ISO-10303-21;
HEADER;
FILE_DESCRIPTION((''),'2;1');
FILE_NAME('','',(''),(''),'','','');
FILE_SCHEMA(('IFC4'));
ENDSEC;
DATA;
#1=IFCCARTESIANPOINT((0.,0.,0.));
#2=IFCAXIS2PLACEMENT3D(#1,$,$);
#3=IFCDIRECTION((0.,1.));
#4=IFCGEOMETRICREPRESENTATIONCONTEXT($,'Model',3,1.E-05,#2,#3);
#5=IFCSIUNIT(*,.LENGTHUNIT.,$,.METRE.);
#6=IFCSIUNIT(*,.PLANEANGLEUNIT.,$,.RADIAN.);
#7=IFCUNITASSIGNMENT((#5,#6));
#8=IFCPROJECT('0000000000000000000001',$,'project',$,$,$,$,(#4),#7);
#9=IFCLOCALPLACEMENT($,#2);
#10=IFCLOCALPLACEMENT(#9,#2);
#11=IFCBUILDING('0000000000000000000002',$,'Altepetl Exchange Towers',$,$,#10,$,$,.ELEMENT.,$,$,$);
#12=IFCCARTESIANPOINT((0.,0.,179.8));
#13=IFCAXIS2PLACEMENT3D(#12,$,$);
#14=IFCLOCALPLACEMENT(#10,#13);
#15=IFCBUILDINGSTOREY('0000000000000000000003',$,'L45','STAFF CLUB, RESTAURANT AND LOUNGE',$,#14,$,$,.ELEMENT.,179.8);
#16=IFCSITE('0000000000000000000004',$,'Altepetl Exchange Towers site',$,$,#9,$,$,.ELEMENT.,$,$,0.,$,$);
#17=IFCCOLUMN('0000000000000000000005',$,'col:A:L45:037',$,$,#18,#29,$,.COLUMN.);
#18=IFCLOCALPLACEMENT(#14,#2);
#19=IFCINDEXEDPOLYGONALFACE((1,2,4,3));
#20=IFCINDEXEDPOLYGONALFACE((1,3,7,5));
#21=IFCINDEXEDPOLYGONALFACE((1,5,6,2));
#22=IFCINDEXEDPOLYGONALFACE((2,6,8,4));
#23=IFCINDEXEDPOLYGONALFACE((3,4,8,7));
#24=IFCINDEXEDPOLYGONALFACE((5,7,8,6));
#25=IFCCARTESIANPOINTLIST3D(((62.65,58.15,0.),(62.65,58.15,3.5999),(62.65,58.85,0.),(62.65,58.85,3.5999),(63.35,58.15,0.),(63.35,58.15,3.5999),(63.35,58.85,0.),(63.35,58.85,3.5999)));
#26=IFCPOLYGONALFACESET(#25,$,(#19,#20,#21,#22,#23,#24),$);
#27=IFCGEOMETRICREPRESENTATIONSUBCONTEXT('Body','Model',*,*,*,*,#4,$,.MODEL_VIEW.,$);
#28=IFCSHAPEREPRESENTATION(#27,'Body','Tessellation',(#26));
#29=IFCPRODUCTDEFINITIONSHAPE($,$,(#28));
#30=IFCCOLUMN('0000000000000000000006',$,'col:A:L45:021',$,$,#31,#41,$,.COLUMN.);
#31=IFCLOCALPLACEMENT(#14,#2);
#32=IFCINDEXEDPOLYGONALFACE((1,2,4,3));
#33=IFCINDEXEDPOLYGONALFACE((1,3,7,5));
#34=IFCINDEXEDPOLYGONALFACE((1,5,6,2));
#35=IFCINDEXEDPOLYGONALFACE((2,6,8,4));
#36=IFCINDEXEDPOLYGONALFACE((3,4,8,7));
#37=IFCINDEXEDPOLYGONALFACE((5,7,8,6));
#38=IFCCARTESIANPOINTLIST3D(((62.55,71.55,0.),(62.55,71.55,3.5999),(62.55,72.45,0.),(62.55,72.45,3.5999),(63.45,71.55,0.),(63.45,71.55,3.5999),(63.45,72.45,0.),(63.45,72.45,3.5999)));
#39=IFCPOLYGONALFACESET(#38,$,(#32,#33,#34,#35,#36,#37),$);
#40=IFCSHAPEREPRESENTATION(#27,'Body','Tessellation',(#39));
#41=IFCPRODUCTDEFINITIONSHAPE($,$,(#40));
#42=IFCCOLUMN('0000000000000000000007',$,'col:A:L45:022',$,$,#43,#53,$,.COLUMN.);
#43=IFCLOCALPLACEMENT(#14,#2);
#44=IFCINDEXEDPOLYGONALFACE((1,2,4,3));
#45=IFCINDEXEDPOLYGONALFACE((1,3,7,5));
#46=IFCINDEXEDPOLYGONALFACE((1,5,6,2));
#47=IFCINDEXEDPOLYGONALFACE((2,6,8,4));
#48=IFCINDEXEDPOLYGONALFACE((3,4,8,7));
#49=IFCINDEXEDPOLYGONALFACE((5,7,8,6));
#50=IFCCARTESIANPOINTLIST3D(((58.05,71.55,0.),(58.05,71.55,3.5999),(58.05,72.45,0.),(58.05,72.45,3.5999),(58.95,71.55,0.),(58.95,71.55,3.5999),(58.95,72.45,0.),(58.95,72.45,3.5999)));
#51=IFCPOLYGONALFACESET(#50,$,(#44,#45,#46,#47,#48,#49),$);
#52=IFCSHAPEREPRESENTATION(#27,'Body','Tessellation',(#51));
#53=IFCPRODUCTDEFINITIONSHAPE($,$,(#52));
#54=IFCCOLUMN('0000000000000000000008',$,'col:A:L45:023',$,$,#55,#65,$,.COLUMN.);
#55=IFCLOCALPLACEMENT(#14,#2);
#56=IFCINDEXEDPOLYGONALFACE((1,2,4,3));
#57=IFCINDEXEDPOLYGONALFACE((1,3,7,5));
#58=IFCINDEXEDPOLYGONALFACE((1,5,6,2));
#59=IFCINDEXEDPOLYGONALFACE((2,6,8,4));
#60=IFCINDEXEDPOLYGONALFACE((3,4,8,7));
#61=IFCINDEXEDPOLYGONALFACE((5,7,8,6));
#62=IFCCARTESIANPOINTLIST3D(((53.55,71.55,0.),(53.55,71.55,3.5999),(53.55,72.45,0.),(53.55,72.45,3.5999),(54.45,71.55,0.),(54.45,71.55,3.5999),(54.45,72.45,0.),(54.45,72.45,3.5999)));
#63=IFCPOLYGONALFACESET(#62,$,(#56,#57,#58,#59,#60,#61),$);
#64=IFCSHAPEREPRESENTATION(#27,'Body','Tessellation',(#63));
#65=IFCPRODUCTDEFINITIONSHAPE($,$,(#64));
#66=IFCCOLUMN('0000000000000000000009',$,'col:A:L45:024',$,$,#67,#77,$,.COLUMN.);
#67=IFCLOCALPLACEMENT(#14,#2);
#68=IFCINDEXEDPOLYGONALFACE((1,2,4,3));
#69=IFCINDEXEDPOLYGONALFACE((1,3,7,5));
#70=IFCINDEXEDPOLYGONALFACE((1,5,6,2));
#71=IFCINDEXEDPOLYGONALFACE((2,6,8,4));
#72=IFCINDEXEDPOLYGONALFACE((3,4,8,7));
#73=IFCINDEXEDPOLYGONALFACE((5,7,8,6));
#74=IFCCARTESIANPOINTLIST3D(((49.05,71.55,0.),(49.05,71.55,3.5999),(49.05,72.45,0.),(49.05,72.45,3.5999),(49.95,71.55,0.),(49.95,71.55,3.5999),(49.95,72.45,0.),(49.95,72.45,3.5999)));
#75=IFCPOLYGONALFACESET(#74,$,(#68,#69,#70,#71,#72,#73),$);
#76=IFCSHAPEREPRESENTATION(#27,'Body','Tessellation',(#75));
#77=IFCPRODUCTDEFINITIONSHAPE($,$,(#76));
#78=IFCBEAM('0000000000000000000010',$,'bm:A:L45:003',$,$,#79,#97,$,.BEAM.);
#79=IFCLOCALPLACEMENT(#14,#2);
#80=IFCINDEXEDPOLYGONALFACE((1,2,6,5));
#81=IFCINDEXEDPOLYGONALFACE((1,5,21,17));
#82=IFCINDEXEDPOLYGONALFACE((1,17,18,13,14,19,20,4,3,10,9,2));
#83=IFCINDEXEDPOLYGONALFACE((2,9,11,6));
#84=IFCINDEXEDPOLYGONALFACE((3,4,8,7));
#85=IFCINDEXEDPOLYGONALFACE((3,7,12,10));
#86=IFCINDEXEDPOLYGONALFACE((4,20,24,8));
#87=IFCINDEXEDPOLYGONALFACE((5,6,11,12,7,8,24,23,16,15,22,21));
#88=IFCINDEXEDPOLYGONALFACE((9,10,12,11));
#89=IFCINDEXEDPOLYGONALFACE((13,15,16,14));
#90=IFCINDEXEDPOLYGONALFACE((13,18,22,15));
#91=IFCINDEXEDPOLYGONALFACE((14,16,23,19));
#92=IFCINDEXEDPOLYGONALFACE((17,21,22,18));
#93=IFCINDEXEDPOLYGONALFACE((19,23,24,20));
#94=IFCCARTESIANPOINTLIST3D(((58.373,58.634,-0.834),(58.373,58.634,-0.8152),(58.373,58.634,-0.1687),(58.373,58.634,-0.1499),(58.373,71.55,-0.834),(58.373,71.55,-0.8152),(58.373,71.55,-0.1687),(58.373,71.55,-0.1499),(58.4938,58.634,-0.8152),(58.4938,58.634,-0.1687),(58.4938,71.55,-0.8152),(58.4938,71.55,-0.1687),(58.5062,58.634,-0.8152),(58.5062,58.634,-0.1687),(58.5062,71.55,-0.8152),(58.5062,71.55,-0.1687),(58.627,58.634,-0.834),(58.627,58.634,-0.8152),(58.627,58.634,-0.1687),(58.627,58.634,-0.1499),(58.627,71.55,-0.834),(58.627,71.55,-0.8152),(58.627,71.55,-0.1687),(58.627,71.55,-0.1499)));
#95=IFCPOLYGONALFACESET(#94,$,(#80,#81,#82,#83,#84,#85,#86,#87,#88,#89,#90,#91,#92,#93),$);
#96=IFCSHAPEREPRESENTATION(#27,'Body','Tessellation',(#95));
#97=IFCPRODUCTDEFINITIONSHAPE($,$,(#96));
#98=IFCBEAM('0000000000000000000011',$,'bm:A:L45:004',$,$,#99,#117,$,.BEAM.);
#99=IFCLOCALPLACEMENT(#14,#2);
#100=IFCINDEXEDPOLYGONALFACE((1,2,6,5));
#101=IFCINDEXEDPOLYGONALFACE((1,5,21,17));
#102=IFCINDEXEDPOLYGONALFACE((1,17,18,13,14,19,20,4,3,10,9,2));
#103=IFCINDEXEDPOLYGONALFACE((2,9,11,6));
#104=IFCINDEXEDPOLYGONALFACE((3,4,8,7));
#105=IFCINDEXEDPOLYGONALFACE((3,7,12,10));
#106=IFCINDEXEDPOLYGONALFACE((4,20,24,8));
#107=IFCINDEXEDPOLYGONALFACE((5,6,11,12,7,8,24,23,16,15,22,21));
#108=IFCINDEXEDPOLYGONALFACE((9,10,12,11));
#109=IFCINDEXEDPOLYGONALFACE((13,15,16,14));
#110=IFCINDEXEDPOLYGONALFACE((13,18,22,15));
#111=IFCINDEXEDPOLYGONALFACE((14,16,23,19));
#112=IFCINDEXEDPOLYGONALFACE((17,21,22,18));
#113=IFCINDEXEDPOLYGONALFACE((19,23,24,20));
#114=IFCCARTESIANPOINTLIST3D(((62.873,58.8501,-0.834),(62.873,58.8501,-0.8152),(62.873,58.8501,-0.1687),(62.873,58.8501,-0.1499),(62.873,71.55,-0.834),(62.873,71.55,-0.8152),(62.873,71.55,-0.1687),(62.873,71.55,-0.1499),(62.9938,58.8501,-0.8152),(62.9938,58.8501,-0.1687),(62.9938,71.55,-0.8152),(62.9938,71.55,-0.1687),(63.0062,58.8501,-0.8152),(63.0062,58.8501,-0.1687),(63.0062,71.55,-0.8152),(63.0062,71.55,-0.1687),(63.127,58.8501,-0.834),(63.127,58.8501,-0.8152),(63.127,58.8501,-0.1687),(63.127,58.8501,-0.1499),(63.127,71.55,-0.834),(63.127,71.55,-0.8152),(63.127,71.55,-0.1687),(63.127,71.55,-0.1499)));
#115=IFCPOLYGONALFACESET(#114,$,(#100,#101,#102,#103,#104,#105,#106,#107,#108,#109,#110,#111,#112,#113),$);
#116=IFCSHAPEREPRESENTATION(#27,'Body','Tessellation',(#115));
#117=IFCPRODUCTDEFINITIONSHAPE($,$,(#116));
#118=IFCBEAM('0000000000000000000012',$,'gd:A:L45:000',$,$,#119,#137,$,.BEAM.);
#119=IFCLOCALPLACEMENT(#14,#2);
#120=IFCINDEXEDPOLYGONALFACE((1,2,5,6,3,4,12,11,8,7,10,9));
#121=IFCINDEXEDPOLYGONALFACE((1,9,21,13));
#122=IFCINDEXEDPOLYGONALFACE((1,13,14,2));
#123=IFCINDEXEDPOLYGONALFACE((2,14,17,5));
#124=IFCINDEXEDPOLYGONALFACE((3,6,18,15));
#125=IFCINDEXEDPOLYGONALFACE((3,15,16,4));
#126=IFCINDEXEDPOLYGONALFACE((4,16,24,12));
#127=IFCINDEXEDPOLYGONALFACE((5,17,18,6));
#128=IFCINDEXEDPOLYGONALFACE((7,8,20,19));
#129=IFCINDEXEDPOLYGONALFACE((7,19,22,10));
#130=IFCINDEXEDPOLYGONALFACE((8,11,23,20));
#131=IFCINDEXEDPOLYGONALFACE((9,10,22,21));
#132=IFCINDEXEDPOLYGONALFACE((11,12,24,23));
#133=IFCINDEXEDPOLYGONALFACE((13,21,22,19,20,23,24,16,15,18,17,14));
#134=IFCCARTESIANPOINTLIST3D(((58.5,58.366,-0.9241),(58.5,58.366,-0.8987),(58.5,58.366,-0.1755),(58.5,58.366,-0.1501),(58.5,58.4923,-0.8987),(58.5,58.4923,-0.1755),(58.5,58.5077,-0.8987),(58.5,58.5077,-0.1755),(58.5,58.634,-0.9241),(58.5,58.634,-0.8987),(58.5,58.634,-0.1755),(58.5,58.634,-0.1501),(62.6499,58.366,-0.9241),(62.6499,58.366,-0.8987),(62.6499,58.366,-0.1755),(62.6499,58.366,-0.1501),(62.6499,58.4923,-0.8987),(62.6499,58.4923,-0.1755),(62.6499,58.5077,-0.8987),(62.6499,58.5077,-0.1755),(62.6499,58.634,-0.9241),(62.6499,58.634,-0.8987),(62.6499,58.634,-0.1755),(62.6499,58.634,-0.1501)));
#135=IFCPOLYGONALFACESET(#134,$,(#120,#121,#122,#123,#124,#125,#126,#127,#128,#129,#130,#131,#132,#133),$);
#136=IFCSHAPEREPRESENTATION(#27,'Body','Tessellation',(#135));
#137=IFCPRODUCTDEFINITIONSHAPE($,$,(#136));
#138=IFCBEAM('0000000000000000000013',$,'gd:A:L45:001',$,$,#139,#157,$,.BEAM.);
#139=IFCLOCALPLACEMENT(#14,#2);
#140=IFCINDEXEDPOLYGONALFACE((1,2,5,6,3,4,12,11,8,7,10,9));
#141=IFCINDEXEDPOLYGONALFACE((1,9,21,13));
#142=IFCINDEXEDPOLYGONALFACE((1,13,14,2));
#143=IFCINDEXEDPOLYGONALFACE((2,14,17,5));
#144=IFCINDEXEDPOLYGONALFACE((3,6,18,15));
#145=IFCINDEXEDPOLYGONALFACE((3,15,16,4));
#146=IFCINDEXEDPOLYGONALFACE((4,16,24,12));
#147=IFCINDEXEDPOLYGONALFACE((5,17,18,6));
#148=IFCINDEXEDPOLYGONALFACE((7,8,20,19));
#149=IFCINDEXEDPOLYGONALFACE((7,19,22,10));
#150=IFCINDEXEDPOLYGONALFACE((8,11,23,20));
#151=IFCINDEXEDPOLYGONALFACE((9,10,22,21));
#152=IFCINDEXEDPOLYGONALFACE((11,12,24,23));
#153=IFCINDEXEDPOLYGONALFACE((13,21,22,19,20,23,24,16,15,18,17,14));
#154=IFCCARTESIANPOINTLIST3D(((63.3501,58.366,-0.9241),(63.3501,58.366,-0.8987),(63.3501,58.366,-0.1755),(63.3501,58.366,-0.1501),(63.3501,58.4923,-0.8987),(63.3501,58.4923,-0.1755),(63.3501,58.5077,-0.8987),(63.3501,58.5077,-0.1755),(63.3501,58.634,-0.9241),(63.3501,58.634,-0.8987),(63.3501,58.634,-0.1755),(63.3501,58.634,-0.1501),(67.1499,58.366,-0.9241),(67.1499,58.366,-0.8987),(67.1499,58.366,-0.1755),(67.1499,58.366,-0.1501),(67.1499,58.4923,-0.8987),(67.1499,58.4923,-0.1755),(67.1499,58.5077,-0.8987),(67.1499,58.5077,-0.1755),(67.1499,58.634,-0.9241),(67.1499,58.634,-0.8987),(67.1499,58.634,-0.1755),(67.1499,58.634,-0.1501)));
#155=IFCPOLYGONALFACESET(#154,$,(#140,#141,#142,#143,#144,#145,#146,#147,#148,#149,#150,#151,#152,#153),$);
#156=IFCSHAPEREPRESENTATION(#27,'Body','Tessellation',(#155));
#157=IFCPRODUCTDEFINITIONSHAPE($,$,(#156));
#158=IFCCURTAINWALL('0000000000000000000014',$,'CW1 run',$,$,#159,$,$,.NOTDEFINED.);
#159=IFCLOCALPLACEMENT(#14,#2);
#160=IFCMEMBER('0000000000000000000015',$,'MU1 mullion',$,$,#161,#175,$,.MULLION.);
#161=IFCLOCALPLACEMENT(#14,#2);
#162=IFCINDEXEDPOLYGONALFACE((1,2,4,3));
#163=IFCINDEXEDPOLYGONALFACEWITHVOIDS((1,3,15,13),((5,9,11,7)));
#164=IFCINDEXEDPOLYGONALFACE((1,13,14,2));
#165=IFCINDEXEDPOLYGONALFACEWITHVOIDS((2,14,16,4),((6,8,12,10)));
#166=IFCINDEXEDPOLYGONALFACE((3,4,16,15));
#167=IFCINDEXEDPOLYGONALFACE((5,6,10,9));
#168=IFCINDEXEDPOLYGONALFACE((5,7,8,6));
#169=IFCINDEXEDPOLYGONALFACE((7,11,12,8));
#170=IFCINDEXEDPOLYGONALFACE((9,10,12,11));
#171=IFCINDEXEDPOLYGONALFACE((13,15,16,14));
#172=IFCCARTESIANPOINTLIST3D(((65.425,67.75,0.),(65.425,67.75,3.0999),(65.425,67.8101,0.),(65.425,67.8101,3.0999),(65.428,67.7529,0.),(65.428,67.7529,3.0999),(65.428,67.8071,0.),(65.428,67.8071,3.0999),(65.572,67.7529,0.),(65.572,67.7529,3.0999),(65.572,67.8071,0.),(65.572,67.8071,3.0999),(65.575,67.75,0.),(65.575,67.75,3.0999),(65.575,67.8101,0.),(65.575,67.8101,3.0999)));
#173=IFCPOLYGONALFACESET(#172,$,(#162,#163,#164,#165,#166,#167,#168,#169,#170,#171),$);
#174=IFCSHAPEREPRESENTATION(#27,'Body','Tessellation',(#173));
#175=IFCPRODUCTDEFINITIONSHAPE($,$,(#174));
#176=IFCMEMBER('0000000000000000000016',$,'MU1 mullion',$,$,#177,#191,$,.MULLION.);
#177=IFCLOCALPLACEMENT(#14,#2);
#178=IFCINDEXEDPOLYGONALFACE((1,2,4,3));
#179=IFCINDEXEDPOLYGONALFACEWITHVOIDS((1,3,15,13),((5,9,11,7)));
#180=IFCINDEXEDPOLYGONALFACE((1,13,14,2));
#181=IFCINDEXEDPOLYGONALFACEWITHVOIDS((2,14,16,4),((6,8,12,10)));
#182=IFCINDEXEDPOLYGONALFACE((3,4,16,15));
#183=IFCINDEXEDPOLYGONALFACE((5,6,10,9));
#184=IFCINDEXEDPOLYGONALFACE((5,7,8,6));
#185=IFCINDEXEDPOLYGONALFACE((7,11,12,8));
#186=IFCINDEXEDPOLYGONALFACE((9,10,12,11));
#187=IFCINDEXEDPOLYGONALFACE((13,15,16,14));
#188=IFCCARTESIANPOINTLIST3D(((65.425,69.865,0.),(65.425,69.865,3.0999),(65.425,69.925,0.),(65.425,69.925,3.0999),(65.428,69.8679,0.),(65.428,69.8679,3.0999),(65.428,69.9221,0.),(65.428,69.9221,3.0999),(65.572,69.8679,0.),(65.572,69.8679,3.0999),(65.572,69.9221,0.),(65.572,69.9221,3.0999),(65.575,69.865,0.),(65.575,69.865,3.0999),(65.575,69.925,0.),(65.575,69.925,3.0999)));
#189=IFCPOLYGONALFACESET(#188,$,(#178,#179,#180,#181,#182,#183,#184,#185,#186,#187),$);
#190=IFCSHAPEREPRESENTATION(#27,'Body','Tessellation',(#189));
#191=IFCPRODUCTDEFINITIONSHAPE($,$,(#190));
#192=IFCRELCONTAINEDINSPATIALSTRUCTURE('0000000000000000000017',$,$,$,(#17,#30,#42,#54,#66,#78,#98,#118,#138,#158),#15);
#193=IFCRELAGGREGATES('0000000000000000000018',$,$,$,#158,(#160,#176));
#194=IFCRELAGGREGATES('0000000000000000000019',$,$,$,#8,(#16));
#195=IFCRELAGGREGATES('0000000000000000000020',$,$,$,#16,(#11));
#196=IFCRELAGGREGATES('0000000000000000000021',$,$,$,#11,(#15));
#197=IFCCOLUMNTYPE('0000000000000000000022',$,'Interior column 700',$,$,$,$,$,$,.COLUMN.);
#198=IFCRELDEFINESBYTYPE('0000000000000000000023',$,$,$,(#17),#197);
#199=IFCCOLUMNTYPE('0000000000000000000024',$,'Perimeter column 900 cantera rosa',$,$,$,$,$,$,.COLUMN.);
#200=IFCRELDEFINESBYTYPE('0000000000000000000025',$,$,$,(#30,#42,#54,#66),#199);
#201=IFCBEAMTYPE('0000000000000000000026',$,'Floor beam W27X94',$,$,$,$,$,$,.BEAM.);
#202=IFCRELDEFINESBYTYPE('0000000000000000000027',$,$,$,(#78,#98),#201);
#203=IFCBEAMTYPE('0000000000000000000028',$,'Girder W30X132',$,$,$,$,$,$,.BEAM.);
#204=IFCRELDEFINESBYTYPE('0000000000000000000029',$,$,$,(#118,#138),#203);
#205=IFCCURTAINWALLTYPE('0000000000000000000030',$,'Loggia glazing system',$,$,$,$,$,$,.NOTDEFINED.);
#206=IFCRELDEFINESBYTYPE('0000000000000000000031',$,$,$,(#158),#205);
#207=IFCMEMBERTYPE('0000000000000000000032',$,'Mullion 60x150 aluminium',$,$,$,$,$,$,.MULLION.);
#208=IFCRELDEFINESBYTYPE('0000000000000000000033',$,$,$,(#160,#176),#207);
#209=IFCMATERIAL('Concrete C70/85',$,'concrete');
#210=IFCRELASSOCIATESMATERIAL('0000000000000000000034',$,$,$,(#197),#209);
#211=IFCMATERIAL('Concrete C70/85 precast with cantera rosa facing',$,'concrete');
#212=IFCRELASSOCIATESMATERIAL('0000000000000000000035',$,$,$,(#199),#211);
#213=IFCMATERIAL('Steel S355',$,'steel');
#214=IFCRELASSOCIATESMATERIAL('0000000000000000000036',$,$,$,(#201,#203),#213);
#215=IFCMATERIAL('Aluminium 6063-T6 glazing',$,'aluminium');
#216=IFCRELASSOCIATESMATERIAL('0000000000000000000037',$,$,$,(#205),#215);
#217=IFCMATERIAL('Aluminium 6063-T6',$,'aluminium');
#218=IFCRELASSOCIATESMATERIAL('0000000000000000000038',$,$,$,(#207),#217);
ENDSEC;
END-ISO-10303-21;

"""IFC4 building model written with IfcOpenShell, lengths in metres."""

from ifc_helpers import new_model, si_unit, direction, frame, origin, origin_2d, place, context, subcontext, project, spatial, rectangle, hollow_rectangle, i_section, extrude, material, material_profile, profile_set, type_object, element, aggregate, save


model = new_model("IFC4")

# Units and contexts
model_context = context("Model", 3, precision=1e-05, world=origin(), true_north=direction((0.0, 1.0)))
body_context = subcontext(model_context, "Body", "Model", "MODEL_VIEW")
ifc_project = project(units=[si_unit("LENGTHUNIT", "METRE"), si_unit("PLANEANGLEUNIT", "RADIAN")], contexts=[model_context])

# Site, building, storey
site_placement = place(None, origin())
site = spatial("IfcSite", under=ifc_project, at=site_placement, Name="Altepetl Exchange Towers site", CompositionType="ELEMENT", RefElevation=0.0)
building_placement = place(site_placement, origin())
building = spatial("IfcBuilding", under=site, at=building_placement, Name="Altepetl Exchange Towers", CompositionType="ELEMENT")
storey_placement = place(building_placement, frame((0.0, 0.0, 179.8)))
storey = spatial("IfcBuildingStorey", under=building, at=storey_placement, Name="L45", Description="STAFF CLUB, RESTAURANT AND LOUNGE", CompositionType="ELEMENT", Elevation=179.8)

# Columns
ifc_material_1 = material(Name="Concrete C70/85", Category="concrete")
ifc_material_profile_1 = material_profile(ifc_material_1, rectangle(XDim=0.7, YDim=0.7, at=origin_2d()), Name="700 x 700")
ifc_profile_set_1 = profile_set([ifc_material_profile_1], Name="Concrete C70/85")
column_type_1 = type_object("IfcColumnType", Name="Interior column 700", PredefinedType="COLUMN", material=ifc_profile_set_1)
column_placement = place(storey_placement, frame((63.0, 58.5, 0.0)))
element("IfcColumn", 1, at=column_placement, inside=storey, type_object=column_type_1, Name="col:A:L45:037", PredefinedType="COLUMN", context=body_context, shape_type="SweptSolid", body=[
    extrude(rectangle(XDim=0.7, YDim=0.7, at=origin_2d()), origin(), (0.0, 0.0, 1.0), 3.5999),
])
ifc_material_2 = material(Name="Concrete C70/85 precast with cantera rosa facing", Category="concrete")
ifc_material_profile_2 = material_profile(ifc_material_2, rectangle(XDim=0.8999, YDim=0.8999, at=origin_2d()), Name="900 x 900")
ifc_profile_set_2 = profile_set([ifc_material_profile_2], Name="Concrete C70/85 precast with cantera rosa facing")
column_type_2 = type_object("IfcColumnType", Name="Perimeter column 900 cantera rosa", PredefinedType="COLUMN", material=ifc_profile_set_2)
for number, where, name in (
    (2, (63.0, 72.0, 0.0), "col:A:L45:021"),
    (3, (58.5, 72.0, 0.0), "col:A:L45:022"),
    (4, (54.0, 72.0, 0.0), "col:A:L45:023"),
    (5, (49.5, 72.0, 0.0), "col:A:L45:024"),
):
    element("IfcColumn", number, at=place(storey_placement, frame(where)), inside=storey, type_object=column_type_2, Name=name, PredefinedType="COLUMN", context=body_context, shape_type="SweptSolid", body=[
        extrude(rectangle(XDim=0.8999, YDim=0.8999, at=origin_2d()), origin(), (0.0, 0.0, 1.0), 3.5999),
    ])

# Beams
ifc_material_3 = material(Name="Steel S355", Category="steel")
ifc_material_profile_3 = material_profile(ifc_material_3, i_section(OverallWidth=0.2539, OverallDepth=0.6841, WebThickness=0.0125, FlangeThickness=0.0188, at=origin_2d()), Name="W27X94")
ifc_profile_set_3 = profile_set([ifc_material_profile_3], Name="Steel S355")
beam_type_1 = type_object("IfcBeamType", Name="Floor beam W27X94", PredefinedType="BEAM", material=ifc_profile_set_3)
beam_1_placement = place(storey_placement, frame((58.5, 58.634, -0.4919), z_axis=(0.0, 1.0, 0.0), x_axis=(-1.0, 0.0, 0.0)))
element("IfcBeam", 6, at=beam_1_placement, inside=storey, type_object=beam_type_1, Name="bm:A:L45:003", PredefinedType="BEAM", context=body_context, shape_type="SweptSolid", body=[
    extrude(i_section(OverallWidth=0.2539, OverallDepth=0.6841, WebThickness=0.0125, FlangeThickness=0.0188, at=origin_2d()), origin(), (0.0, 0.0, 1.0), 12.916),
])
beam_2_placement = place(storey_placement, frame((63.0, 58.8501, -0.4919), z_axis=(0.0, 1.0, 0.0), x_axis=(-1.0, 0.0, 0.0)))
element("IfcBeam", 7, at=beam_2_placement, inside=storey, type_object=beam_type_1, Name="bm:A:L45:004", PredefinedType="BEAM", context=body_context, shape_type="SweptSolid", body=[
    extrude(i_section(OverallWidth=0.2539, OverallDepth=0.6841, WebThickness=0.0125, FlangeThickness=0.0188, at=origin_2d()), origin(), (0.0, 0.0, 1.0), 12.7),
])
ifc_material_profile_4 = material_profile(ifc_material_3, i_section(OverallWidth=0.2681, OverallDepth=0.7739, WebThickness=0.0154, FlangeThickness=0.0254, at=origin_2d()), Name="W30X132")
ifc_profile_set_4 = profile_set([ifc_material_profile_4], Name="Steel S355")
beam_type_2 = type_object("IfcBeamType", Name="Girder W30X132", PredefinedType="BEAM", material=ifc_profile_set_4)
beam_3_placement = place(storey_placement, frame((58.5, 58.5, -0.5371), z_axis=(1.0, 0.0, 0.0), x_axis=(0.0, 1.0, 0.0)))
element("IfcBeam", 8, at=beam_3_placement, inside=storey, type_object=beam_type_2, Name="gd:A:L45:000", PredefinedType="BEAM", context=body_context, shape_type="SweptSolid", body=[
    extrude(i_section(OverallWidth=0.2681, OverallDepth=0.7739, WebThickness=0.0154, FlangeThickness=0.0254, at=origin_2d()), origin(), (0.0, 0.0, 1.0), 4.1499),
])
beam_4_placement = place(storey_placement, frame((63.3501, 58.5, -0.5371), z_axis=(1.0, 0.0, 0.0), x_axis=(0.0, 1.0, 0.0)))
element("IfcBeam", 9, at=beam_4_placement, inside=storey, type_object=beam_type_2, Name="gd:A:L45:001", PredefinedType="BEAM", context=body_context, shape_type="SweptSolid", body=[
    extrude(i_section(OverallWidth=0.2681, OverallDepth=0.7739, WebThickness=0.0154, FlangeThickness=0.0254, at=origin_2d()), origin(), (0.0, 0.0, 1.0), 3.7998),
])

# Curtain wall, members
ifc_material_4 = material(Name="Aluminium 6063-T6 glazing", Category="aluminium")
curtain_wall_type = type_object("IfcCurtainWallType", Name="Loggia glazing system", PredefinedType="NOTDEFINED", material=ifc_material_4)
curtain_wall_1_placement = place(storey_placement, origin())
curtain_wall_1 = element("IfcCurtainWall", 10, at=curtain_wall_1_placement, inside=storey, type_object=curtain_wall_type, Name="CW1 run", PredefinedType="NOTDEFINED")
ifc_material_5 = material(Name="Aluminium 6063-T6", Category="aluminium")
ifc_material_profile_5 = material_profile(ifc_material_5, hollow_rectangle(XDim=0.0601, YDim=0.1499, WallThickness=0.0029, at=origin_2d()), Name="Mullion 60x150 aluminium")
ifc_profile_set_5 = profile_set([ifc_material_profile_5], Name="Aluminium 6063-T6")
member_type = type_object("IfcMemberType", Name="Mullion 60x150 aluminium", PredefinedType="MULLION", material=ifc_profile_set_5)
member_1_placement = place(storey_placement, frame((65.5, 67.78, 0.0), z_axis=(0.0, 0.0, 1.0), x_axis=(0.0, 1.0, 0.0)))
member_1 = element("IfcMember", 11, at=member_1_placement, type_object=member_type, Name="MU1 mullion", PredefinedType="MULLION", context=body_context, shape_type="SweptSolid", body=[
    extrude(hollow_rectangle(XDim=0.0601, YDim=0.1499, WallThickness=0.0029, at=origin_2d()), origin(), (0.0, 0.0, 1.0), 3.0999),
])
member_2_placement = place(storey_placement, frame((65.5, 69.895, 0.0), z_axis=(0.0, 0.0, 1.0), x_axis=(0.0, 1.0, 0.0)))
member_2 = element("IfcMember", 12, at=member_2_placement, type_object=member_type, Name="MU1 mullion", PredefinedType="MULLION", context=body_context, shape_type="SweptSolid", body=[
    extrude(hollow_rectangle(XDim=0.0601, YDim=0.1499, WallThickness=0.0029, at=origin_2d()), origin(), (0.0, 0.0, 1.0), 3.0999),
])

aggregate(curtain_wall_1, [member_1, member_2])

save(model, "model.ifc")
